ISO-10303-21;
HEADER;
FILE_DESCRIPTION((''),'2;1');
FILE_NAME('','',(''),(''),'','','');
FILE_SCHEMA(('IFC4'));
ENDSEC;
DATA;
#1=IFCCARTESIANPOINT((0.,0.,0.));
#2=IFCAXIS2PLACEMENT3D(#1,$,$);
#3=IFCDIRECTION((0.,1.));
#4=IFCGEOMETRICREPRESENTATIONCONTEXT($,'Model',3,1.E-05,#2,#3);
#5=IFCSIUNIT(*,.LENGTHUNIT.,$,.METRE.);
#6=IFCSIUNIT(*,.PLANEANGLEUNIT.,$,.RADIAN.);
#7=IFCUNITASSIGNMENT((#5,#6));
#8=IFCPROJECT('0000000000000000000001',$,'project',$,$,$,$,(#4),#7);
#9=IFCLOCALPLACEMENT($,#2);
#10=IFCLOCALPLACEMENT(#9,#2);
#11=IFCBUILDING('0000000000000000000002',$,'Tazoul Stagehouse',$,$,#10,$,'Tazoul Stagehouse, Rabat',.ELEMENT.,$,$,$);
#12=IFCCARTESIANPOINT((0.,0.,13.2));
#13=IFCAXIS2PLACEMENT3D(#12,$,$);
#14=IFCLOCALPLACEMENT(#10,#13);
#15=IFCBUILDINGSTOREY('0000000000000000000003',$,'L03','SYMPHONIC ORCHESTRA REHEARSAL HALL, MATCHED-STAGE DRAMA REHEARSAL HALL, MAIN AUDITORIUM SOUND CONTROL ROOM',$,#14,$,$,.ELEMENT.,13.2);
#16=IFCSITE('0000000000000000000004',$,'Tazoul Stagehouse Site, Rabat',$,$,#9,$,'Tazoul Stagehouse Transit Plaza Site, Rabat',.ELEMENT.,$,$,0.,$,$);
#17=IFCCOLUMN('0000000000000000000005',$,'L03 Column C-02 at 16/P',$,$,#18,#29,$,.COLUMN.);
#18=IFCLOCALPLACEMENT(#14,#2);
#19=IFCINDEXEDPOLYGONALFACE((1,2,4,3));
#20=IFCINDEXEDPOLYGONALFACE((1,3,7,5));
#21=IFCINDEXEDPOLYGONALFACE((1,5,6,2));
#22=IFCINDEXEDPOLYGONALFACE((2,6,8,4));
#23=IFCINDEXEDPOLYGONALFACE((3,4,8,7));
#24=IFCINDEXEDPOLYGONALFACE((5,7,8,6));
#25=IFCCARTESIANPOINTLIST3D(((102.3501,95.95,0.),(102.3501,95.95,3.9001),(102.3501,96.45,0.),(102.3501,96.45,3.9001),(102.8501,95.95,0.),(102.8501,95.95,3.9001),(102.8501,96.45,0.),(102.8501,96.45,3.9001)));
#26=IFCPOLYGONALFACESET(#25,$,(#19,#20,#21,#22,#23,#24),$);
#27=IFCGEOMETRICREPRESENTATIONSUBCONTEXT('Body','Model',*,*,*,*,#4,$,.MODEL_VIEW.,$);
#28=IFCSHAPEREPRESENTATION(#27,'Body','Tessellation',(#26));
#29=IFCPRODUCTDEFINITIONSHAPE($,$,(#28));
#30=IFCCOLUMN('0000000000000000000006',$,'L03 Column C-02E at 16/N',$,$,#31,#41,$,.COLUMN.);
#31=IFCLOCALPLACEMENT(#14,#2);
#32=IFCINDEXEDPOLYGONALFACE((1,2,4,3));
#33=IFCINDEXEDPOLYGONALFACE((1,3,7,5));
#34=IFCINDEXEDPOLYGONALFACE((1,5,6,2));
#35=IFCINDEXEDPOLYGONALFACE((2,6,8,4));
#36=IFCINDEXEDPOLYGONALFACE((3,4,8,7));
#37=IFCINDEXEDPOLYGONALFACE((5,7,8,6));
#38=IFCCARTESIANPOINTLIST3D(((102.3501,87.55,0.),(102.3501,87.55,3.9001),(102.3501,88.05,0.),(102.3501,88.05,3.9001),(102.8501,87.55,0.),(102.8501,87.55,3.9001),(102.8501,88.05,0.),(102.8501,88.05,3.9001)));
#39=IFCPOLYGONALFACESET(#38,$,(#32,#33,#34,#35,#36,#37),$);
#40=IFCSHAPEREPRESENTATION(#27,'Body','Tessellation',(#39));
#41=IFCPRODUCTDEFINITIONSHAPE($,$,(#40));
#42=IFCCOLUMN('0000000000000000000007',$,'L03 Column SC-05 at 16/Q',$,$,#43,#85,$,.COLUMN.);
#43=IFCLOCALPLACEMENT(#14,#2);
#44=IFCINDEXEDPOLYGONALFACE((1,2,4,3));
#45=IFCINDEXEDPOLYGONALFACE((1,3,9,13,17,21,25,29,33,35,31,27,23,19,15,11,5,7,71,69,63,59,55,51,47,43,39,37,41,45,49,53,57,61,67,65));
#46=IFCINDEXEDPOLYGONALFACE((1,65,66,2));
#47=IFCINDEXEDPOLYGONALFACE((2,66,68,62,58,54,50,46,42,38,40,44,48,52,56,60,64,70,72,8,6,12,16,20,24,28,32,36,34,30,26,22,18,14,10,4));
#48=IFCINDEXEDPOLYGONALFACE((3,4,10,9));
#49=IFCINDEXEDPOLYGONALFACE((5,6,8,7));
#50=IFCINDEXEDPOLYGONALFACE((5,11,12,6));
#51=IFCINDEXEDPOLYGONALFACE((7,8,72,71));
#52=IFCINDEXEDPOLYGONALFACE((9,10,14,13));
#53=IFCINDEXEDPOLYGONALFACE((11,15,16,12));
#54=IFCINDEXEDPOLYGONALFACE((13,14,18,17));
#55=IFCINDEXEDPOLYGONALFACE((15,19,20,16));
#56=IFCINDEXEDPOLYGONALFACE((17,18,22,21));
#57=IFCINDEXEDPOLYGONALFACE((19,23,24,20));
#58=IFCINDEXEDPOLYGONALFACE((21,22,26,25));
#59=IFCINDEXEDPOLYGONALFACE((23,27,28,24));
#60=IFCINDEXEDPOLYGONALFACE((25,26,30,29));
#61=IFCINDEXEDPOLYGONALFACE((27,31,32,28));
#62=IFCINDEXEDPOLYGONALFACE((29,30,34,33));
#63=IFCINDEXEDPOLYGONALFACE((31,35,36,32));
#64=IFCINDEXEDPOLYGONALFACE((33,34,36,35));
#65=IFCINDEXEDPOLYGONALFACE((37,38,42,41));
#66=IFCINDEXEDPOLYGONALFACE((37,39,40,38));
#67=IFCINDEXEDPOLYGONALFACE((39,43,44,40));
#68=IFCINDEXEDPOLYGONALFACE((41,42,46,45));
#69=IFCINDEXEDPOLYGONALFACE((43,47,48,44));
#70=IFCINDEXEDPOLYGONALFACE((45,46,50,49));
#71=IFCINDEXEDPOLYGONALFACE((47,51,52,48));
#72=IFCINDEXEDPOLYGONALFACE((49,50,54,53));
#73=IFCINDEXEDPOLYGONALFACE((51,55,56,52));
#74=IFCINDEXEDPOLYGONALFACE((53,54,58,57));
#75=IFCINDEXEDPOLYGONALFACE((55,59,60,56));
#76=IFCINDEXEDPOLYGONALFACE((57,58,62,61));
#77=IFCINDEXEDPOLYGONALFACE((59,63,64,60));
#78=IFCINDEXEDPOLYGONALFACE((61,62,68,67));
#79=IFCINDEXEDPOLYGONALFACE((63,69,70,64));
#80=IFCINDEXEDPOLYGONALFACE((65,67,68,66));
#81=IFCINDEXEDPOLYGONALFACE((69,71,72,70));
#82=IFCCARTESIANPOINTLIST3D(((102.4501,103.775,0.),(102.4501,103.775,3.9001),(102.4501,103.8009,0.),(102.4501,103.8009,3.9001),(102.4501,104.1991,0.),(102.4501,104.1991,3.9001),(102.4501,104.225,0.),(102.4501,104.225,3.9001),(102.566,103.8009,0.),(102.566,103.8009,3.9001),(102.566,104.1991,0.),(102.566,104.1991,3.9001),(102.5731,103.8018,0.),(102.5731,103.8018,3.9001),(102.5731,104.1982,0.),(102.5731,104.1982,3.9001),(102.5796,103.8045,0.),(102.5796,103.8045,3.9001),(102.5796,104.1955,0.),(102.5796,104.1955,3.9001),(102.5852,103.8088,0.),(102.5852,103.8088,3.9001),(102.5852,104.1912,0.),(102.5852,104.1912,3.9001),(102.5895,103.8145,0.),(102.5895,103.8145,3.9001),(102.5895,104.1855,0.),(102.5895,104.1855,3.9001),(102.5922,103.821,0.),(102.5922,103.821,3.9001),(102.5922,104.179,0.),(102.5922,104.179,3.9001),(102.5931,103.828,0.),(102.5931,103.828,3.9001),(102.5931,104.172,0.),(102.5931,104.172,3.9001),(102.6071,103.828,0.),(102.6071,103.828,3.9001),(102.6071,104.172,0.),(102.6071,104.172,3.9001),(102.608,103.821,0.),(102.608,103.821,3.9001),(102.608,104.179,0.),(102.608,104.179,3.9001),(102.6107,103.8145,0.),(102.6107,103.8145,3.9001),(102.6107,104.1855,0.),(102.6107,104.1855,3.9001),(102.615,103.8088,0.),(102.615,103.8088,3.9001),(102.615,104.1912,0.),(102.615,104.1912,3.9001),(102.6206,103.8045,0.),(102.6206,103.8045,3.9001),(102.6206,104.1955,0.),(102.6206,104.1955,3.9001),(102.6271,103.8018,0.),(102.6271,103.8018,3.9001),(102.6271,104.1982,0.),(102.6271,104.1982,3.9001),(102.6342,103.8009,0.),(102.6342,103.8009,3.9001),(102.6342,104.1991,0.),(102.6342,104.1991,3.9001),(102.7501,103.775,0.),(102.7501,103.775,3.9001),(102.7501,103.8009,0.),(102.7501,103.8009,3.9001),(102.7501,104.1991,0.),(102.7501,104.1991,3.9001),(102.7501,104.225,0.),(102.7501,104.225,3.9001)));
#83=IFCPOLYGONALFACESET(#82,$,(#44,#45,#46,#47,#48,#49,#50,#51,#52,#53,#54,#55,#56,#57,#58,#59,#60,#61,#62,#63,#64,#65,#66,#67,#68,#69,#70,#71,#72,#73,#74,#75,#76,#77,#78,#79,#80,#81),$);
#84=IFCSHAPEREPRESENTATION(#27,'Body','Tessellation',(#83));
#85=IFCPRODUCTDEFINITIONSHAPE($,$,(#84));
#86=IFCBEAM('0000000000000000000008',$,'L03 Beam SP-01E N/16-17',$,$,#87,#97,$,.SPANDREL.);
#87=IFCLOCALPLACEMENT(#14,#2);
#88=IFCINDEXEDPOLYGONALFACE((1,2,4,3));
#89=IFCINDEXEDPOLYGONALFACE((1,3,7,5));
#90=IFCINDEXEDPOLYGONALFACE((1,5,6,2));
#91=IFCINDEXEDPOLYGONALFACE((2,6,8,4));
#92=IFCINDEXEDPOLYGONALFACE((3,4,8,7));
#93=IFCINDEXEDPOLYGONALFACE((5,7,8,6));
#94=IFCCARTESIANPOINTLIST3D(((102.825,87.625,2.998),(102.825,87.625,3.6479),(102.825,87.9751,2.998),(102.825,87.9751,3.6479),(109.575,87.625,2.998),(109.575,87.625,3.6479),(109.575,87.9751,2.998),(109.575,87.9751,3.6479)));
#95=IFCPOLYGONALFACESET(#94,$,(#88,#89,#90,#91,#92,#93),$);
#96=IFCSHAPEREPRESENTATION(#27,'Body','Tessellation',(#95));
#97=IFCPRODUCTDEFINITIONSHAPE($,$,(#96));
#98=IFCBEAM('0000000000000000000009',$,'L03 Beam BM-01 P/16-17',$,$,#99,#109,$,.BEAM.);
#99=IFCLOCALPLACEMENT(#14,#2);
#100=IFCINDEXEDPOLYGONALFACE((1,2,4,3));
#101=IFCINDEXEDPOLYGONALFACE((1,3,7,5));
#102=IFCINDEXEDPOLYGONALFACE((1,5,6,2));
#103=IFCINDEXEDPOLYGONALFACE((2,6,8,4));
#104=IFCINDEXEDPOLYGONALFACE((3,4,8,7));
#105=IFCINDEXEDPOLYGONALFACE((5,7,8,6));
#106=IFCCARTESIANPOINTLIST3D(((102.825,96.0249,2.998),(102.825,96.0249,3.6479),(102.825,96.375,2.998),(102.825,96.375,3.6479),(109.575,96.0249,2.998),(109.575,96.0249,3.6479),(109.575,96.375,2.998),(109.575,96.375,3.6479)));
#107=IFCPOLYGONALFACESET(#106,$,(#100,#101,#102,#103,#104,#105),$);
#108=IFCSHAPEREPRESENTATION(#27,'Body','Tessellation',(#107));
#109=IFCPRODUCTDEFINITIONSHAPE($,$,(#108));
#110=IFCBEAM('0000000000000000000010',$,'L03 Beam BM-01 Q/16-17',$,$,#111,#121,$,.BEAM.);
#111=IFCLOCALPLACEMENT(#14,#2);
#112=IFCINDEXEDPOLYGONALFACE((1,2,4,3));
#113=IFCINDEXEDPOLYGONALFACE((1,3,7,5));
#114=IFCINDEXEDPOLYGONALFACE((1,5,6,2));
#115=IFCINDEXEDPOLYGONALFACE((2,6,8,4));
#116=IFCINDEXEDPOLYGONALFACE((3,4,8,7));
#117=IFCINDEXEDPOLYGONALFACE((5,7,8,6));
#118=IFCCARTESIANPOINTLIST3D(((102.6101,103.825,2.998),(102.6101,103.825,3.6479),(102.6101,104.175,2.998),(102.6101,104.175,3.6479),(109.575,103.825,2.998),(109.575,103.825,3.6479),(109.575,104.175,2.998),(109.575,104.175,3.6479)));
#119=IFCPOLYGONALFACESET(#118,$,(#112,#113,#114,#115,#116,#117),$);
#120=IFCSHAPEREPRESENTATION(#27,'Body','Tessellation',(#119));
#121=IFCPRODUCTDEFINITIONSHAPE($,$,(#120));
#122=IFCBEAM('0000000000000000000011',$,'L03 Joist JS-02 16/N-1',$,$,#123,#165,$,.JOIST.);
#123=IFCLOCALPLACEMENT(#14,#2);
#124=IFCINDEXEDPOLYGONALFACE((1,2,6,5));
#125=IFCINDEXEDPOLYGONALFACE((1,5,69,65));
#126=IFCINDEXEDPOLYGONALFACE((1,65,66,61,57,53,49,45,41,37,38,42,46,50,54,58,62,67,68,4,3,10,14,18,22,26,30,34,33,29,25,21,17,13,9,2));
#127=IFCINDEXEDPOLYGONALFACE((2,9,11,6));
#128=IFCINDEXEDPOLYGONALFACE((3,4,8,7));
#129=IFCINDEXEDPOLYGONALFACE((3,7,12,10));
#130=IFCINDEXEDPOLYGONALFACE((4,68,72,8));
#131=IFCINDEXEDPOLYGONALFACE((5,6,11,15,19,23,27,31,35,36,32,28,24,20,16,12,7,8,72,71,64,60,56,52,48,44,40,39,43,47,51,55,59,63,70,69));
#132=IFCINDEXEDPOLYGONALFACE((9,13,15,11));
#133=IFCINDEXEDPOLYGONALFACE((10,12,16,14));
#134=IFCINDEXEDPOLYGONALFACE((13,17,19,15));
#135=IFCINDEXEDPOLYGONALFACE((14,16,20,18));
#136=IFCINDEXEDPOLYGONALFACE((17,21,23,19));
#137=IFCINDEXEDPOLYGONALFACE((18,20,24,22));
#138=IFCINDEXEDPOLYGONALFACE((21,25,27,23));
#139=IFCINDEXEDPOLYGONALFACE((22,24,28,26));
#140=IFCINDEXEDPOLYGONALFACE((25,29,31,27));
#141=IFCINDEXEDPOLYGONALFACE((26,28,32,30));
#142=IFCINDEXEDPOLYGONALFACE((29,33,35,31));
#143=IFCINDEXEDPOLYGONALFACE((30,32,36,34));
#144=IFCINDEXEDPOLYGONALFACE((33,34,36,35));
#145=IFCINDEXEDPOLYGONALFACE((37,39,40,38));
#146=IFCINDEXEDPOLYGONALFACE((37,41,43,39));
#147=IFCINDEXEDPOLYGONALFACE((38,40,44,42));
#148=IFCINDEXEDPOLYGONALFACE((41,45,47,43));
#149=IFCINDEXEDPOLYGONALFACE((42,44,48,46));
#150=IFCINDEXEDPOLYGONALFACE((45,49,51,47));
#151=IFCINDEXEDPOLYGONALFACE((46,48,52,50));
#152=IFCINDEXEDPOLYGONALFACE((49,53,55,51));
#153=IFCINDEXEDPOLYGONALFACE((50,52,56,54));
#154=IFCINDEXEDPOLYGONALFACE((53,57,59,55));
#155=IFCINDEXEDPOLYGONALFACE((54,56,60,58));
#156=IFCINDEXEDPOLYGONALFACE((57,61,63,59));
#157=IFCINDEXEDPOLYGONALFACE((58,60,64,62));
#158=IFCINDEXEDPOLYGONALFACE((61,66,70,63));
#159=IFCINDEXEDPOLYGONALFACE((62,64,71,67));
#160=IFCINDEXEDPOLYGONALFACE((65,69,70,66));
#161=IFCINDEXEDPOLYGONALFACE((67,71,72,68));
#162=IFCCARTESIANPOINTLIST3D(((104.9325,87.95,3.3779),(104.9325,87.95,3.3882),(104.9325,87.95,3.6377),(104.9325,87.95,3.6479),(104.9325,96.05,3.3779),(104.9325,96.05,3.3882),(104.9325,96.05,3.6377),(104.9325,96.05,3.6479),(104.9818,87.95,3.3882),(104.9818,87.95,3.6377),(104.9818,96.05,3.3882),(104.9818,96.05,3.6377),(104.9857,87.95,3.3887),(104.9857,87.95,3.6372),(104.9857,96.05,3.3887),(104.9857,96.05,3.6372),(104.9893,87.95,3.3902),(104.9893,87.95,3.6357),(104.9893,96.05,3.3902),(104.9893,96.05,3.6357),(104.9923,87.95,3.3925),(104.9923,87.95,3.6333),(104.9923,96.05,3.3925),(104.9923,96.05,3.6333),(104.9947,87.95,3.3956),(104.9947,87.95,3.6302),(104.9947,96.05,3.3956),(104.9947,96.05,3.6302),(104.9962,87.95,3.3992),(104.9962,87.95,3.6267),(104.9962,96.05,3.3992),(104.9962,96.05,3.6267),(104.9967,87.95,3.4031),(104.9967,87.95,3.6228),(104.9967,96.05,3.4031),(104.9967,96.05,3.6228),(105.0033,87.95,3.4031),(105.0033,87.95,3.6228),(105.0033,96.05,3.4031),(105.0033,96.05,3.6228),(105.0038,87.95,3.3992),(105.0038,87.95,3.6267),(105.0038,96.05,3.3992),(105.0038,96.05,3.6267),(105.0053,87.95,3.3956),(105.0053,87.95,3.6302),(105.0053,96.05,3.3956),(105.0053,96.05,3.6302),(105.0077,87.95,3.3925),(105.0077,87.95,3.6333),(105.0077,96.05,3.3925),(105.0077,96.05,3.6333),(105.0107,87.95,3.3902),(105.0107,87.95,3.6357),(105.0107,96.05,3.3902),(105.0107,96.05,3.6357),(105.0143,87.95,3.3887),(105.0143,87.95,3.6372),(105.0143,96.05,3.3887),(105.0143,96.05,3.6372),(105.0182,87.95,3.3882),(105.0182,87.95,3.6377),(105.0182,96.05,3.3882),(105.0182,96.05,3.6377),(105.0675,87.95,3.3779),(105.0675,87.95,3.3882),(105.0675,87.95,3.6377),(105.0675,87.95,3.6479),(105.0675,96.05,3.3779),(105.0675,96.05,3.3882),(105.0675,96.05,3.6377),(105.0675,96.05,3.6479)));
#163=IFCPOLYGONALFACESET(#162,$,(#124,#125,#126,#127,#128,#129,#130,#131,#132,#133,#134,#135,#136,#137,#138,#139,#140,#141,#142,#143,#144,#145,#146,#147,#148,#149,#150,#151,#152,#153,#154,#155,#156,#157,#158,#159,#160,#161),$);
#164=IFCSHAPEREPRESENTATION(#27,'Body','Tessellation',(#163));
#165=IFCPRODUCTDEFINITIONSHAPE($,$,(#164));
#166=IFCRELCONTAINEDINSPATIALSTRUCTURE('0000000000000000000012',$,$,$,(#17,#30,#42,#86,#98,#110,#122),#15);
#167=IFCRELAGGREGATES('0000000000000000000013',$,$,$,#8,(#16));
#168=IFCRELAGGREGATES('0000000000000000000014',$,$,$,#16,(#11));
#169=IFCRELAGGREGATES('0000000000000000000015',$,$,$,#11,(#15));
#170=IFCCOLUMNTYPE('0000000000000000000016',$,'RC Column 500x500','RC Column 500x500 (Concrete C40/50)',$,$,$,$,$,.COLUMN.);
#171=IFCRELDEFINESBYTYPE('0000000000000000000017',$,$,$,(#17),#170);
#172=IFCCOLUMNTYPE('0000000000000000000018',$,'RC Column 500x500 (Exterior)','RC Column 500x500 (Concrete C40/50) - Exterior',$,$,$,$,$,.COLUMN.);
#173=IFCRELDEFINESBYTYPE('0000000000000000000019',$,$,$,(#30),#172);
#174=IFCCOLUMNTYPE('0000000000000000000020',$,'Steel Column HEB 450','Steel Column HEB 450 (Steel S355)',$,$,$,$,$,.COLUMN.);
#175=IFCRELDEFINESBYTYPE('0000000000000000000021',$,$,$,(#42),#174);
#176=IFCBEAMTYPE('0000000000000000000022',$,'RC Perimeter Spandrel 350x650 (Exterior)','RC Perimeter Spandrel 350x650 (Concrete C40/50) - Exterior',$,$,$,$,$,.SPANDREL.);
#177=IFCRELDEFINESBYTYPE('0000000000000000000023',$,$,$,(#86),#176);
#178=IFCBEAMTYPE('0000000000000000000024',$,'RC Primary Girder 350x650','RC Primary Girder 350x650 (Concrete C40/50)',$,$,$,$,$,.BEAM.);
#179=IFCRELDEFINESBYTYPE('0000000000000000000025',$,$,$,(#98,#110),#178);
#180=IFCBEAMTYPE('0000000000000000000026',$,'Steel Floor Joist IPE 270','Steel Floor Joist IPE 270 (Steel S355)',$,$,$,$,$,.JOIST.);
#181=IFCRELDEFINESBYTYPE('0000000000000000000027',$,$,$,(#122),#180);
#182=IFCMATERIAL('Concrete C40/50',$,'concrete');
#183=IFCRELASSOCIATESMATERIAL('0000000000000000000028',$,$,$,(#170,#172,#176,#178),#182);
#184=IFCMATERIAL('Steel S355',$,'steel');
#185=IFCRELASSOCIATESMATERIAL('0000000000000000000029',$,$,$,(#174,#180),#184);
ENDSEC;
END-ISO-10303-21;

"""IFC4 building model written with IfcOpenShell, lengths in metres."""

from ifc_helpers import new_model, si_unit, direction, frame, origin, origin_2d, place, context, subcontext, project, spatial, rectangle, i_section, extrude, material, material_profile, profile_set, type_object, element, save


model = new_model("IFC4")

# Units and contexts
model_context = context("Model", 3, precision=1e-05, world=origin(), true_north=direction((0.0, 1.0)))
body_context = subcontext(model_context, "Body", "Model", "MODEL_VIEW")
ifc_project = project(units=[si_unit("LENGTHUNIT", "METRE"), si_unit("PLANEANGLEUNIT", "RADIAN")], contexts=[model_context])

# Site, building, storey
site_placement = place(None, origin())
site = spatial("IfcSite", under=ifc_project, at=site_placement, Name="Tazoul Stagehouse Site, Rabat", LongName="Tazoul Stagehouse Transit Plaza Site, Rabat", CompositionType="ELEMENT", RefElevation=0.0)
building_placement = place(site_placement, origin())
building = spatial("IfcBuilding", under=site, at=building_placement, Name="Tazoul Stagehouse", LongName="Tazoul Stagehouse, Rabat", CompositionType="ELEMENT")
storey_placement = place(building_placement, frame((0.0, 0.0, 13.2)))
storey = spatial("IfcBuildingStorey", under=building, at=storey_placement, Name="L03", Description="SYMPHONIC ORCHESTRA REHEARSAL HALL, MATCHED-STAGE DRAMA REHEARSAL HALL, MAIN AUDITORIUM SOUND CONTROL ROOM", CompositionType="ELEMENT", Elevation=13.2)

# Columns
ifc_material_1 = material(Name="Concrete C40/50", Category="concrete")
ifc_material_profile_1 = material_profile(ifc_material_1, rectangle(XDim=0.5, YDim=0.5, at=origin_2d()), Name="RC 500x500")
ifc_profile_set_1 = profile_set([ifc_material_profile_1], Name="Concrete C40/50")
column_type_1 = type_object("IfcColumnType", Name="RC Column 500x500", Description="RC Column 500x500 (Concrete C40/50)", PredefinedType="COLUMN", material=ifc_profile_set_1)
column_1_placement = place(storey_placement, frame((102.6001, 96.2, 0.0), z_axis=(0.0, 0.0, 1.0), x_axis=(1.0, 0.0, 0.0)))
element("IfcColumn", 1, at=column_1_placement, inside=storey, type_object=column_type_1, Name="L03 Column C-02 at 16/P", PredefinedType="COLUMN", context=body_context, shape_type="SweptSolid", body=[
    extrude(rectangle(XDim=0.5, YDim=0.5, at=origin_2d()), origin(), (0.0, 0.0, 1.0), 3.9001),
])
ifc_material_profile_2 = material_profile(ifc_material_1, rectangle(XDim=0.5, YDim=0.5, at=origin_2d()), Name="RC 500x500")
ifc_profile_set_2 = profile_set([ifc_material_profile_2], Name="Concrete C40/50")
column_type_2 = type_object("IfcColumnType", Name="RC Column 500x500 (Exterior)", Description="RC Column 500x500 (Concrete C40/50) - Exterior", PredefinedType="COLUMN", material=ifc_profile_set_2)
column_2_placement = place(storey_placement, frame((102.6001, 87.8, 0.0), z_axis=(0.0, 0.0, 1.0), x_axis=(1.0, 0.0, 0.0)))
element("IfcColumn", 2, at=column_2_placement, inside=storey, type_object=column_type_2, Name="L03 Column C-02E at 16/N", PredefinedType="COLUMN", context=body_context, shape_type="SweptSolid", body=[
    extrude(rectangle(XDim=0.5, YDim=0.5, at=origin_2d()), origin(), (0.0, 0.0, 1.0), 3.9001),
])
ifc_material_2 = material(Name="Steel S355", Category="steel")
ifc_material_profile_3 = material_profile(ifc_material_2, i_section(OverallWidth=0.3, OverallDepth=0.45, WebThickness=0.0139, FlangeThickness=0.0259, FilletRadius=0.0271, at=origin_2d()), Name="HEB 450")
ifc_profile_set_3 = profile_set([ifc_material_profile_3], Name="Steel S355")
column_type_3 = type_object("IfcColumnType", Name="Steel Column HEB 450", Description="Steel Column HEB 450 (Steel S355)", PredefinedType="COLUMN", material=ifc_profile_set_3)
column_3_placement = place(storey_placement, frame((102.6001, 104.0, 0.0), z_axis=(0.0, 0.0, 1.0), x_axis=(1.0, 0.0, 0.0)))
element("IfcColumn", 3, at=column_3_placement, inside=storey, type_object=column_type_3, Name="L03 Column SC-05 at 16/Q", PredefinedType="COLUMN", context=body_context, shape_type="SweptSolid", body=[
    extrude(i_section(OverallWidth=0.3, OverallDepth=0.45, WebThickness=0.0139, FlangeThickness=0.0259, FilletRadius=0.0271, at=origin_2d()), origin(), (0.0, 0.0, 1.0), 3.9001),
])

# Beams
ifc_material_profile_4 = material_profile(ifc_material_1, rectangle(XDim=0.3501, YDim=0.6499, at=origin_2d()), Name="RC 350x650")
ifc_profile_set_4 = profile_set([ifc_material_profile_4], Name="Concrete C40/50")
beam_type_1 = type_object("IfcBeamType", Name="RC Perimeter Spandrel 350x650 (Exterior)", Description="RC Perimeter Spandrel 350x650 (Concrete C40/50) - Exterior", PredefinedType="SPANDREL", material=ifc_profile_set_4)
beam_1_placement = place(storey_placement, frame((102.825, 87.8, 3.323), z_axis=(1.0, 0.0, 0.0), x_axis=(0.0, 1.0, 0.0)))
element("IfcBeam", 4, at=beam_1_placement, inside=storey, type_object=beam_type_1, Name="L03 Beam SP-01E N/16-17", PredefinedType="SPANDREL", context=body_context, shape_type="SweptSolid", body=[
    extrude(rectangle(XDim=0.3501, YDim=0.6499, at=origin_2d()), origin(), (0.0, 0.0, 1.0), 6.75),
])
ifc_material_profile_5 = material_profile(ifc_material_1, rectangle(XDim=0.3501, YDim=0.6499, at=origin_2d()), Name="RC 350x650")
ifc_profile_set_5 = profile_set([ifc_material_profile_5], Name="Concrete C40/50")
beam_type_2 = type_object("IfcBeamType", Name="RC Primary Girder 350x650", Description="RC Primary Girder 350x650 (Concrete C40/50)", PredefinedType="BEAM", material=ifc_profile_set_5)
beam_2_placement = place(storey_placement, frame((102.825, 96.2, 3.323), z_axis=(1.0, 0.0, 0.0), x_axis=(0.0, 1.0, 0.0)))
element("IfcBeam", 5, at=beam_2_placement, inside=storey, type_object=beam_type_2, Name="L03 Beam BM-01 P/16-17", PredefinedType="BEAM", context=body_context, shape_type="SweptSolid", body=[
    extrude(rectangle(XDim=0.3501, YDim=0.6499, at=origin_2d()), origin(), (0.0, 0.0, 1.0), 6.75),
])
beam_3_placement = place(storey_placement, frame((102.6101, 104.0, 3.323), z_axis=(1.0, 0.0, 0.0), x_axis=(0.0, 1.0, 0.0)))
element("IfcBeam", 6, at=beam_3_placement, inside=storey, type_object=beam_type_2, Name="L03 Beam BM-01 Q/16-17", PredefinedType="BEAM", context=body_context, shape_type="SweptSolid", body=[
    extrude(rectangle(XDim=0.3501, YDim=0.6499, at=origin_2d()), origin(), (0.0, 0.0, 1.0), 6.9648),
])
ifc_material_profile_6 = material_profile(ifc_material_2, i_section(OverallWidth=0.135, OverallDepth=0.27, WebThickness=0.0066, FlangeThickness=0.0103, FilletRadius=0.0149, at=origin_2d()), Name="IPE 270")
ifc_profile_set_6 = profile_set([ifc_material_profile_6], Name="Steel S355")
beam_type_3 = type_object("IfcBeamType", Name="Steel Floor Joist IPE 270", Description="Steel Floor Joist IPE 270 (Steel S355)", PredefinedType="JOIST", material=ifc_profile_set_6)
for number, where, z_axis, x_axis, name in (
    (7, (105.0, 87.95, 3.5129), (0.0, 1.0, 0.0), (-1.0, 0.0, 0.0), "L03 Joist JS-02 16/N-1"),
):
    element("IfcBeam", number, at=place(storey_placement, frame(where, z_axis=z_axis, x_axis=x_axis)), inside=storey, type_object=beam_type_3, Name=name, PredefinedType="JOIST", context=body_context, shape_type="SweptSolid", body=[
        extrude(i_section(OverallWidth=0.135, OverallDepth=0.27, WebThickness=0.0066, FlangeThickness=0.0103, FilletRadius=0.0149, at=origin_2d()), origin(), (0.0, 0.0, 1.0), 8.1001),
    ])

save(model, "model.ifc")
